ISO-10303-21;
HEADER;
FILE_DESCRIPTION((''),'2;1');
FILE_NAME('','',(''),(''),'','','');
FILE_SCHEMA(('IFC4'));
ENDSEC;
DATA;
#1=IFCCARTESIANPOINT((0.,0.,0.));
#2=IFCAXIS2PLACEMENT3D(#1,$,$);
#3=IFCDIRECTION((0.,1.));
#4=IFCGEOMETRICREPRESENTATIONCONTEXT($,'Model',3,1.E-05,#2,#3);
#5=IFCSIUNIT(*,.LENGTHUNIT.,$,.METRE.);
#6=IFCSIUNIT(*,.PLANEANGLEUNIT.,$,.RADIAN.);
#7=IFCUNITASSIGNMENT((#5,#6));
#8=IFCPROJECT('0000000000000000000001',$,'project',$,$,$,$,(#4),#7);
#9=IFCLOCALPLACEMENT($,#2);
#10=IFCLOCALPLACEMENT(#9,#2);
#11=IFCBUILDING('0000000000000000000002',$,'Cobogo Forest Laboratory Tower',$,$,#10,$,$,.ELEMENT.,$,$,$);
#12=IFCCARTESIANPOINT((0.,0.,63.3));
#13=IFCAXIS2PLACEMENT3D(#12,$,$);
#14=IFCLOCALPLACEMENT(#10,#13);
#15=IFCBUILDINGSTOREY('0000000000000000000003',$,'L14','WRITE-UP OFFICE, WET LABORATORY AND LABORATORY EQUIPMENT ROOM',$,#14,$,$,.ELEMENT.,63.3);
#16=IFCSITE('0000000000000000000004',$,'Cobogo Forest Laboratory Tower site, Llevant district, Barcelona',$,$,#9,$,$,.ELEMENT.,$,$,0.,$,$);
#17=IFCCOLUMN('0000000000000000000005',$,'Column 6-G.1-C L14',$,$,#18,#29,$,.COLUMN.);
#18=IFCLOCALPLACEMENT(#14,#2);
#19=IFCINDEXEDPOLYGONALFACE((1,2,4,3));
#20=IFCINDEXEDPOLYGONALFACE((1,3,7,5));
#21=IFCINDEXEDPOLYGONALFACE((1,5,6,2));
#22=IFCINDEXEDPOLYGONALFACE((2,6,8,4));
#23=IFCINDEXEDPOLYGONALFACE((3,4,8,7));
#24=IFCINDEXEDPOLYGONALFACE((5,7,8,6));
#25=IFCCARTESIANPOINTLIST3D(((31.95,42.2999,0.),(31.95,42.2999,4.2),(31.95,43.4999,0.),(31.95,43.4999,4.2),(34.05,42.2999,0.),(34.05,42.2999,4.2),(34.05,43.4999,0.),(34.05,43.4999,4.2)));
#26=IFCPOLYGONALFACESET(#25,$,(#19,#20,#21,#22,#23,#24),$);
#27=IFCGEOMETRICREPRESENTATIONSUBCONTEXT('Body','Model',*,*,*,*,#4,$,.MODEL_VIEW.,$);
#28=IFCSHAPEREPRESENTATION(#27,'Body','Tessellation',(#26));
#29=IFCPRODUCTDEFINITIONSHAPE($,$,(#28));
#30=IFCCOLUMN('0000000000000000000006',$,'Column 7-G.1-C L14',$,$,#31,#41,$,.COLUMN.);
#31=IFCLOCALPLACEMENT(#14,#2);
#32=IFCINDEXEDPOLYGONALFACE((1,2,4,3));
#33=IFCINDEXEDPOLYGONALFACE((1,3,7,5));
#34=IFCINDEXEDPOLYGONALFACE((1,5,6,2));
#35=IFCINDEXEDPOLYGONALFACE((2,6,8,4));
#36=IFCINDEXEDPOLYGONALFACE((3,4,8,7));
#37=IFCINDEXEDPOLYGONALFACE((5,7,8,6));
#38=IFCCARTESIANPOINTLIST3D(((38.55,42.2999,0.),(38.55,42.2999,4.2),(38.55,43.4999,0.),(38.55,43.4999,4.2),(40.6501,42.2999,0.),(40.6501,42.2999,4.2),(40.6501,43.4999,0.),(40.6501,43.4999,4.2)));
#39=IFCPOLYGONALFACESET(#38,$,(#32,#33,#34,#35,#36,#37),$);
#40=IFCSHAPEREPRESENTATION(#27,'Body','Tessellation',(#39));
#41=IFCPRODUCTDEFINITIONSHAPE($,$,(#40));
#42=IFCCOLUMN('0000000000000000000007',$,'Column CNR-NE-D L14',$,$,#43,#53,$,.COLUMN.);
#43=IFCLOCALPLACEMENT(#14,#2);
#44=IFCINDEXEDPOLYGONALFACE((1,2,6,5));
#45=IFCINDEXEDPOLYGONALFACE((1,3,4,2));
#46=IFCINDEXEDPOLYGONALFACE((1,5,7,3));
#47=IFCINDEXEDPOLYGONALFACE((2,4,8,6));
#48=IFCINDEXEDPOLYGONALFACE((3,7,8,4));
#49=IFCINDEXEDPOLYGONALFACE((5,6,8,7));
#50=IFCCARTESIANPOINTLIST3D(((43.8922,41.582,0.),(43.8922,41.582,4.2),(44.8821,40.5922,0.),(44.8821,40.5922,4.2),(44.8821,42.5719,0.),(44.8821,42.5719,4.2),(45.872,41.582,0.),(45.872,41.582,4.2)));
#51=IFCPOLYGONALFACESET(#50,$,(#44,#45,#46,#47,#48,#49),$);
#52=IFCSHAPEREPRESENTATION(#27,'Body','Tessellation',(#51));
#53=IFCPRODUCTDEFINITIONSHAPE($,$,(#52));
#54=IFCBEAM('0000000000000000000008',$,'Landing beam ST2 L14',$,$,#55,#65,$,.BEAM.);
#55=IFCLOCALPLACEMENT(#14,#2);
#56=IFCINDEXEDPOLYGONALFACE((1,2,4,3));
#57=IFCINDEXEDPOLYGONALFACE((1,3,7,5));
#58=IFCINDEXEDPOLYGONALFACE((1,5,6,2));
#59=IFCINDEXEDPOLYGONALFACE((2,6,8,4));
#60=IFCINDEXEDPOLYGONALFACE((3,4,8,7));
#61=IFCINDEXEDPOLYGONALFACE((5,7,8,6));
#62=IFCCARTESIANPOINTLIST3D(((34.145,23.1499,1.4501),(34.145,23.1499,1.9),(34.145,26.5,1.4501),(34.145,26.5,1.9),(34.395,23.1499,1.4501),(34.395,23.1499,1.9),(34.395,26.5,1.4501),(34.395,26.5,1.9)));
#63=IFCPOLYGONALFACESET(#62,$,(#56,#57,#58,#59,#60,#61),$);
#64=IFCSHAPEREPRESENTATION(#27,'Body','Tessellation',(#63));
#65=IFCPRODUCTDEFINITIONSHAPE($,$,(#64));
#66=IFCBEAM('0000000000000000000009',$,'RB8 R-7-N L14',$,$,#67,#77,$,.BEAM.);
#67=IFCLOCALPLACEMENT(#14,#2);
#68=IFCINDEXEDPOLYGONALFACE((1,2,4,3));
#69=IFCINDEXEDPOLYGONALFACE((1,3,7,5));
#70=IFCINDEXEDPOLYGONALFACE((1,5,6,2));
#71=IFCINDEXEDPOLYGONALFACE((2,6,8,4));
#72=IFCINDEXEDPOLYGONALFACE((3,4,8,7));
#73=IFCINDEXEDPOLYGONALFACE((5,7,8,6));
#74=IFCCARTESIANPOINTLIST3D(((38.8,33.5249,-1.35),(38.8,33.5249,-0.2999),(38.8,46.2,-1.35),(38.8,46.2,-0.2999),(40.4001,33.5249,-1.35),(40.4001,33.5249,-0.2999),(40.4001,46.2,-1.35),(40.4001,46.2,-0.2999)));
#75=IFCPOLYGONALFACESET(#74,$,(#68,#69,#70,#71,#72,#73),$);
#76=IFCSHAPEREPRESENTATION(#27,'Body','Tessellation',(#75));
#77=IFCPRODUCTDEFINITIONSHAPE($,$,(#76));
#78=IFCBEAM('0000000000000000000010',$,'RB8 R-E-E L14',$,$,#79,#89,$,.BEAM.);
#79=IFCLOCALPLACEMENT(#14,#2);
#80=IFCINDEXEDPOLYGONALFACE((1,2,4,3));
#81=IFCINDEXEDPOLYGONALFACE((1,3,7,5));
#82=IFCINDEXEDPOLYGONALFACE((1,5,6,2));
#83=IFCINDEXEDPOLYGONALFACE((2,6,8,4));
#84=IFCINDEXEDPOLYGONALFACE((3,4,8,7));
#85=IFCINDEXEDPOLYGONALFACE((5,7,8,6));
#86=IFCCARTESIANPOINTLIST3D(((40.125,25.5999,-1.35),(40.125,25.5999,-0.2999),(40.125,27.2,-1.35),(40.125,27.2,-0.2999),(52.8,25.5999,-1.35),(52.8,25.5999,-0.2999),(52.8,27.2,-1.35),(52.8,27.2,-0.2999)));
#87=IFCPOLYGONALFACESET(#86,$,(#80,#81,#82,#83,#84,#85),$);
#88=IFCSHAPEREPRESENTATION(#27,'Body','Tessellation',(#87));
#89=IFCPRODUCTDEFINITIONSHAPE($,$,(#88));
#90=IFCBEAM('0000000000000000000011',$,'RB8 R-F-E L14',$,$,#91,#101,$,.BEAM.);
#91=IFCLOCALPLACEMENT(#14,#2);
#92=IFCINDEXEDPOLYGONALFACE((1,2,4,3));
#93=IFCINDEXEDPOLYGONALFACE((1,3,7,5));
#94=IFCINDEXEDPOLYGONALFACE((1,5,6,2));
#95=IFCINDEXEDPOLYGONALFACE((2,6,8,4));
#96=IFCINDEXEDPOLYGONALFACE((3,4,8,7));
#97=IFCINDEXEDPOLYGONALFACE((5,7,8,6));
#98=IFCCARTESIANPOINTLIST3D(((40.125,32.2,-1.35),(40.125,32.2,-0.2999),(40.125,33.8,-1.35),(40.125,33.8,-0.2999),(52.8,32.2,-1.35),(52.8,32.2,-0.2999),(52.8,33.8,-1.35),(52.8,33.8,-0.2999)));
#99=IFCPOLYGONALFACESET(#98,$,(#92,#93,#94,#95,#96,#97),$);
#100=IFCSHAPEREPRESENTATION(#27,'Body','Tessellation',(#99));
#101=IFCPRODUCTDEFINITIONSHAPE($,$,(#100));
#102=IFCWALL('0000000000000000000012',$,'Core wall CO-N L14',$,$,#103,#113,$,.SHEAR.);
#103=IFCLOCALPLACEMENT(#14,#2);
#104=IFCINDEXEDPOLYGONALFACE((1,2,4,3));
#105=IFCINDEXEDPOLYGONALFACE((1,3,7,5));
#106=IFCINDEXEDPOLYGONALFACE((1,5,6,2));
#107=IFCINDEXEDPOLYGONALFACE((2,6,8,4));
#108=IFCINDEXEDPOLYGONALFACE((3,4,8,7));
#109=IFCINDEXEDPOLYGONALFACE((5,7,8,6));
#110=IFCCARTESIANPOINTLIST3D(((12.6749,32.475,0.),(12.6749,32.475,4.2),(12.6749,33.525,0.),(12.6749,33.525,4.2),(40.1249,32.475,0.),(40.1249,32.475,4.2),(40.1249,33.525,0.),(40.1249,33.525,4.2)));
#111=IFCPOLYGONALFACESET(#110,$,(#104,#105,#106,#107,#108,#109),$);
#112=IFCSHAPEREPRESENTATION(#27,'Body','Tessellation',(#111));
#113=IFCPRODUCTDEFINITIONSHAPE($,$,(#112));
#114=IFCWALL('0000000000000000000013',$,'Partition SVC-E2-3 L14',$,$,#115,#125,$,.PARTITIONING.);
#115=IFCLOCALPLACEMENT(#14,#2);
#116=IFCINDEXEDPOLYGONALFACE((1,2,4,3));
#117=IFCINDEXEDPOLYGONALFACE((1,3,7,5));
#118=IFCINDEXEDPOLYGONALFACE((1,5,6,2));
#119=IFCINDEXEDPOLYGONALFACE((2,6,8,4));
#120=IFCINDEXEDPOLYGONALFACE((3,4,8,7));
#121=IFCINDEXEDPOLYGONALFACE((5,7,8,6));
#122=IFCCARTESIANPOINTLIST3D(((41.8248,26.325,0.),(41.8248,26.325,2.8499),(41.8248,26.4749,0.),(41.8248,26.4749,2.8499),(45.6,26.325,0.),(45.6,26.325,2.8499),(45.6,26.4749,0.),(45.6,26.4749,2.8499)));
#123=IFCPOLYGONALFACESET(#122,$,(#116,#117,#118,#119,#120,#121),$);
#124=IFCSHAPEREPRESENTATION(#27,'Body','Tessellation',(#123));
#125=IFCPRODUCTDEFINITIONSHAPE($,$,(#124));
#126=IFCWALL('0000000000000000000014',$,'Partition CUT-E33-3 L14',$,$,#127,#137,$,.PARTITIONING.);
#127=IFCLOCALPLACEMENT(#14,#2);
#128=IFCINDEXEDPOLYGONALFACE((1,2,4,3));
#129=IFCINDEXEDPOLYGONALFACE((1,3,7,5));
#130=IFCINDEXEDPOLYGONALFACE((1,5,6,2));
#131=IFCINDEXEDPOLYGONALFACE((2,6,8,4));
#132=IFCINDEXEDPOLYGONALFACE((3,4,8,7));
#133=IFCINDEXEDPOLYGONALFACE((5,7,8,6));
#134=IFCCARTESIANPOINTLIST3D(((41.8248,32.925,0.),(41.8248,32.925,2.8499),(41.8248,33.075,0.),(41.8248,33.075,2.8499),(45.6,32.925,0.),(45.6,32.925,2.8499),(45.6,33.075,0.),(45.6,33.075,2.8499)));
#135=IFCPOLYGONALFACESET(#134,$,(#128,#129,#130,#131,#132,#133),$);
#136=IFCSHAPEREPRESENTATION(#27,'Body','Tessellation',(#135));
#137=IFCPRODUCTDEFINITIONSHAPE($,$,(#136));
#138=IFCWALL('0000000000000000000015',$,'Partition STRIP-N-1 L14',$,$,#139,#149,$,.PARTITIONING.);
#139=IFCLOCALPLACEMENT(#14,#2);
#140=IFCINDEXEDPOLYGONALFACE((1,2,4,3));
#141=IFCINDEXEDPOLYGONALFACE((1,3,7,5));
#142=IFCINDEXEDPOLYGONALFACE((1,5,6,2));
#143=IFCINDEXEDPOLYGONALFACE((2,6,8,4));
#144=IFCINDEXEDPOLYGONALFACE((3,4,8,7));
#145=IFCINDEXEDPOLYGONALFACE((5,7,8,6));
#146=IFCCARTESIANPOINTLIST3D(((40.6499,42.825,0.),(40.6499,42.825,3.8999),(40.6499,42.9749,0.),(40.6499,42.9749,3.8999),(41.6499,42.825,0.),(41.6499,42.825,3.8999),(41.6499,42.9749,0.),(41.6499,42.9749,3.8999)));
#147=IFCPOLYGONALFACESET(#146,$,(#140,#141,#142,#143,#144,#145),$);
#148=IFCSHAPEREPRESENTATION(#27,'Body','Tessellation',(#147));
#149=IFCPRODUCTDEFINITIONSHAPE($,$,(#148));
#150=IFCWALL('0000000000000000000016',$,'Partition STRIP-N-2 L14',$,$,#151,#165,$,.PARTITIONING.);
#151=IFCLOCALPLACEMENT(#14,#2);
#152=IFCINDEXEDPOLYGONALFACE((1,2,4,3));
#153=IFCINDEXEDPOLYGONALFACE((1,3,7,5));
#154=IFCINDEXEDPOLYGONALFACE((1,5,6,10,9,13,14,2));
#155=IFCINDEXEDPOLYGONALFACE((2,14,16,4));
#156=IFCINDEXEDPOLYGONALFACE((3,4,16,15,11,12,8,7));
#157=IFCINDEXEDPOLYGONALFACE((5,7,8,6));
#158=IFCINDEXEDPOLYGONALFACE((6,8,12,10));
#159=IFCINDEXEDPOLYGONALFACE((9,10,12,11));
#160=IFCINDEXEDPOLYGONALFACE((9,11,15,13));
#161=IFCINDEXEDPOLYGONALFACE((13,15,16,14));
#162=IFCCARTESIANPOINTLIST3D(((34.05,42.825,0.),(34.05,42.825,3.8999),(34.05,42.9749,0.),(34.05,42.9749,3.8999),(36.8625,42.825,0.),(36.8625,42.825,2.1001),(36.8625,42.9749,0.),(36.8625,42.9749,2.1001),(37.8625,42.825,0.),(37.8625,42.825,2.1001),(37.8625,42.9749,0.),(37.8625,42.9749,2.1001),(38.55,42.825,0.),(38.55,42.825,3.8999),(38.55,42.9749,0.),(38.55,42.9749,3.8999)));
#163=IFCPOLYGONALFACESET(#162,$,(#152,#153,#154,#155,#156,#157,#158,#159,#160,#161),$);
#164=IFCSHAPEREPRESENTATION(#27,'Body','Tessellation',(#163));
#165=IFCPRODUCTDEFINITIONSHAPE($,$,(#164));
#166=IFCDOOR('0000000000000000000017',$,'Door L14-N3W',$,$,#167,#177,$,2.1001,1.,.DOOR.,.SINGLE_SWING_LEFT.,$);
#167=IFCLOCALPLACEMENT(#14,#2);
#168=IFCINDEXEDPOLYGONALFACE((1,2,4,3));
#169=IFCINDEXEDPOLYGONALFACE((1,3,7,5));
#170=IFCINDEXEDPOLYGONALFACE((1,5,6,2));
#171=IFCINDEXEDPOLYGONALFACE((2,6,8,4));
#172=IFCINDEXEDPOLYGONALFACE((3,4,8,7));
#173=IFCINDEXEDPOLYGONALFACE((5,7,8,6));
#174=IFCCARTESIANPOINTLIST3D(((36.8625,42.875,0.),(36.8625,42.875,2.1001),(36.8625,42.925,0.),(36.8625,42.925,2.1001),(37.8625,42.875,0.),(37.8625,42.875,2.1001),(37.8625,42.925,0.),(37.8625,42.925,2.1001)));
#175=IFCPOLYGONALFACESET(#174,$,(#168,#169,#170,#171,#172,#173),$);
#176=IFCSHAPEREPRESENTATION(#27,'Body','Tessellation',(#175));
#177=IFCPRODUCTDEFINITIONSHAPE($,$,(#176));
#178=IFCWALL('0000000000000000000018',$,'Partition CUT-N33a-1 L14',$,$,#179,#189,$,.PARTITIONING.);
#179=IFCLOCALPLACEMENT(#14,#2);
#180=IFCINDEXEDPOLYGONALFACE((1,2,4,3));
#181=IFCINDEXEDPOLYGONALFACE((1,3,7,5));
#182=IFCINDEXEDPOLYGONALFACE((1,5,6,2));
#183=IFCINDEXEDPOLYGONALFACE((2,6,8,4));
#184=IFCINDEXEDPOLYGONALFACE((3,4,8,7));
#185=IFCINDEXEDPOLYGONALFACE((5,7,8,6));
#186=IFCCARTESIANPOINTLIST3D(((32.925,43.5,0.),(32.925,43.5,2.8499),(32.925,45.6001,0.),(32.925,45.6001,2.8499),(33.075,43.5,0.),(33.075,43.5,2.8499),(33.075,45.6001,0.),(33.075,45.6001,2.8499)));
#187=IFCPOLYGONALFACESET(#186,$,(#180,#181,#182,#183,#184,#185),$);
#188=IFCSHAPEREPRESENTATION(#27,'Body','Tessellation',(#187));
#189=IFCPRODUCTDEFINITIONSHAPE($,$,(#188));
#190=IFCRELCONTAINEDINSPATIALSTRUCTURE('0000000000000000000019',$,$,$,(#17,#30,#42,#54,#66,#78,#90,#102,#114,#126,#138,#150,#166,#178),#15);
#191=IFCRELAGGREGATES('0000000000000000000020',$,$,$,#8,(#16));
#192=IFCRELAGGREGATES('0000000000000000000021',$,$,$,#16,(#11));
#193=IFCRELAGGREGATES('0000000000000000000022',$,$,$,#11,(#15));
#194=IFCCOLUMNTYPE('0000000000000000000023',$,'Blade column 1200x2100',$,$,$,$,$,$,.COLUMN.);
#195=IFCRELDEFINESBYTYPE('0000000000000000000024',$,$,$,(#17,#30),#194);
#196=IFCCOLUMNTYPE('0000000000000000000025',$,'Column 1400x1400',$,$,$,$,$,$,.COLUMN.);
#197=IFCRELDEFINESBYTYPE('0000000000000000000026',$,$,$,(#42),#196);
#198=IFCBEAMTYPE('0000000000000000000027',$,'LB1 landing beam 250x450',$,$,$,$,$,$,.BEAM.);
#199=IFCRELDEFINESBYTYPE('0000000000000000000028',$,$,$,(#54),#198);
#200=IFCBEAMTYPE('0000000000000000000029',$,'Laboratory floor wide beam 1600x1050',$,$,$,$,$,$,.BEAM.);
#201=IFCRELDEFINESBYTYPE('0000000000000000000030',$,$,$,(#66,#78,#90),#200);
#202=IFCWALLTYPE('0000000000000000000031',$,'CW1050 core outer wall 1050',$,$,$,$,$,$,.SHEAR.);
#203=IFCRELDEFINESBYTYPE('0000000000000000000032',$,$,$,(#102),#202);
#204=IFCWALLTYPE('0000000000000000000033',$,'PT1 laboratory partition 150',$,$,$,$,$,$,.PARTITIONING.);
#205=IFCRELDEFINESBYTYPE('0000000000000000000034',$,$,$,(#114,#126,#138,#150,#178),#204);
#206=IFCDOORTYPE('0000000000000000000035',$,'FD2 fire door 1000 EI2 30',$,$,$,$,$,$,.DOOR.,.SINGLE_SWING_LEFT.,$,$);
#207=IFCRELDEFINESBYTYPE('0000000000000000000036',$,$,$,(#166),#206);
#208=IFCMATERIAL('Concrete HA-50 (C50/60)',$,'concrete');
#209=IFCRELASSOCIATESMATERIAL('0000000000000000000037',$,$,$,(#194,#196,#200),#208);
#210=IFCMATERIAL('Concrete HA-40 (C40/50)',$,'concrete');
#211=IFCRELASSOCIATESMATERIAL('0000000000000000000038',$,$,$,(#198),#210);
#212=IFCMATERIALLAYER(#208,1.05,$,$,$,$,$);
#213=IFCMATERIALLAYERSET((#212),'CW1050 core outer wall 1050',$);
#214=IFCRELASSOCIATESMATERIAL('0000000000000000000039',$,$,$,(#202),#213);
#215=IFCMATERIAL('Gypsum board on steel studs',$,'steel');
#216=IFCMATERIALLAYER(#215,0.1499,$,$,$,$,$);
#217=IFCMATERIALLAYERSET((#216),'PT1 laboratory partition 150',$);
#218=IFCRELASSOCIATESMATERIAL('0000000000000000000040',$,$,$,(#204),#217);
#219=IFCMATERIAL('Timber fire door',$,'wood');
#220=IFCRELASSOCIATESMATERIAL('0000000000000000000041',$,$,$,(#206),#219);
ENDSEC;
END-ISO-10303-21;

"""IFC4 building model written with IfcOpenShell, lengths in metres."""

from ifc_helpers import new_model, si_unit, direction, frame, frame_2d, origin, origin_2d, place, context, subcontext, project, spatial, rectangle, extrude, material, layer, layer_set, material_profile, profile_set, type_object, element, fill, save


model = new_model("IFC4")

# Units and contexts
model_context = context("Model", 3, precision=1e-05, world=origin(), true_north=direction((0.0, 1.0)))
body_context = subcontext(model_context, "Body", "Model", "MODEL_VIEW")
ifc_project = project(units=[si_unit("LENGTHUNIT", "METRE"), si_unit("PLANEANGLEUNIT", "RADIAN")], contexts=[model_context])

# Site, building, storey
site_placement = place(None, origin())
site = spatial("IfcSite", under=ifc_project, at=site_placement, Name="Cobogo Forest Laboratory Tower site, Llevant district, Barcelona", CompositionType="ELEMENT", RefElevation=0.0)
building_placement = place(site_placement, origin())
building = spatial("IfcBuilding", under=site, at=building_placement, Name="Cobogo Forest Laboratory Tower", CompositionType="ELEMENT")
storey_placement = place(building_placement, frame((0.0, 0.0, 63.3)))
storey = spatial("IfcBuildingStorey", under=building, at=storey_placement, Name="L14", Description="WRITE-UP OFFICE, WET LABORATORY AND LABORATORY EQUIPMENT ROOM", CompositionType="ELEMENT", Elevation=63.3)

# Columns
ifc_material_1 = material(Name="Concrete HA-50 (C50/60)", Category="concrete")
ifc_material_profile_1 = material_profile(ifc_material_1, rectangle(XDim=2.1001, YDim=1.2, at=origin_2d()), Name="RC 1200x2100")
ifc_profile_set_1 = profile_set([ifc_material_profile_1], Name="Concrete HA-50 (C50/60)")
column_type_1 = type_object("IfcColumnType", Name="Blade column 1200x2100", PredefinedType="COLUMN", material=ifc_profile_set_1)
for number, where, z_axis, x_axis, name in (
    (1, (33.0, 42.8999, 0.0), (0.0, 0.0, 1.0), (1.0, 0.0, 0.0), "Column 6-G.1-C L14"),
    (2, (39.6001, 42.8999, 0.0), (0.0, 0.0, 1.0), (1.0, 0.0, 0.0), "Column 7-G.1-C L14"),
):
    element("IfcColumn", number, at=place(storey_placement, frame(where, z_axis=z_axis, x_axis=x_axis)), inside=storey, type_object=column_type_1, Name=name, PredefinedType="COLUMN", context=body_context, shape_type="SweptSolid", body=[
        extrude(rectangle(XDim=2.1001, YDim=1.2, at=origin_2d()), origin(), (0.0, 0.0, 1.0), 4.2),
    ])
ifc_material_profile_2 = material_profile(ifc_material_1, rectangle(XDim=1.3999, YDim=1.3999, at=origin_2d()), Name="RC 1400x1400")
ifc_profile_set_2 = profile_set([ifc_material_profile_2], Name="Concrete HA-50 (C50/60)")
column_type_2 = type_object("IfcColumnType", Name="Column 1400x1400", PredefinedType="COLUMN", material=ifc_profile_set_2)
column_placement = place(storey_placement, frame((44.8821, 41.582, 0.0), z_axis=(0.0, 0.0, 1.0), x_axis=(0.707107, 0.707107, 0.0)))
element("IfcColumn", 3, at=column_placement, inside=storey, type_object=column_type_2, Name="Column CNR-NE-D L14", PredefinedType="COLUMN", context=body_context, shape_type="SweptSolid", body=[
    extrude(rectangle(XDim=1.3999, YDim=1.3999, at=origin_2d()), origin(), (0.0, 0.0, 1.0), 4.2),
])

# Beams
ifc_material_2 = material(Name="Concrete HA-40 (C40/50)", Category="concrete")
ifc_material_profile_3 = material_profile(ifc_material_2, rectangle(XDim=0.25, YDim=0.45, at=origin_2d()), Name="RC 250x450")
ifc_profile_set_3 = profile_set([ifc_material_profile_3], Name="Concrete HA-40 (C40/50)")
beam_type_1 = type_object("IfcBeamType", Name="LB1 landing beam 250x450", PredefinedType="BEAM", material=ifc_profile_set_3)
beam_placement = place(storey_placement, frame((34.27, 23.1499, 1.675), z_axis=(0.0, 1.0, 0.0), x_axis=(-1.0, 0.0, 0.0)))
element("IfcBeam", 4, at=beam_placement, inside=storey, type_object=beam_type_1, Name="Landing beam ST2 L14", PredefinedType="BEAM", context=body_context, shape_type="SweptSolid", body=[
    extrude(rectangle(XDim=0.25, YDim=0.45, at=origin_2d()), origin(), (0.0, 0.0, 1.0), 3.3501),
])
ifc_material_profile_4 = material_profile(ifc_material_1, rectangle(XDim=1.6001, YDim=1.05, at=origin_2d()), Name="RC 1600x1050")
ifc_profile_set_4 = profile_set([ifc_material_profile_4], Name="Concrete HA-50 (C50/60)")
beam_type_2 = type_object("IfcBeamType", Name="Laboratory floor wide beam 1600x1050", PredefinedType="BEAM", material=ifc_profile_set_4)
for number, where, z_axis, x_axis, name in (
    (5, (39.6001, 33.5249, -0.825), (0.0, 1.0, 0.0), (-1.0, 0.0, 0.0), "RB8 R-7-N L14"),
    (6, (40.125, 26.3999, -0.825), (1.0, 0.0, 0.0), (0.0, 1.0, 0.0), "RB8 R-E-E L14"),
    (7, (40.125, 33.0, -0.825), (1.0, 0.0, 0.0), (0.0, 1.0, 0.0), "RB8 R-F-E L14"),
):
    element("IfcBeam", number, at=place(storey_placement, frame(where, z_axis=z_axis, x_axis=x_axis)), inside=storey, type_object=beam_type_2, Name=name, PredefinedType="BEAM", context=body_context, shape_type="SweptSolid", body=[
        extrude(rectangle(XDim=1.6001, YDim=1.05, at=origin_2d()), origin(), (0.0, 0.0, 1.0), 12.675),
    ])

# Walls
ifc_layer_1 = layer(ifc_material_1, 1.05)
ifc_layer_set_1 = layer_set([ifc_layer_1], Name="CW1050 core outer wall 1050")
wall_type_1 = type_object("IfcWallType", Name="CW1050 core outer wall 1050", PredefinedType="SHEAR", material=ifc_layer_set_1)
wall_1_placement = place(storey_placement, frame((40.125, 33.0, 0.0), z_axis=(0.0, 0.0, 1.0), x_axis=(-1.0, 0.0, 0.0)))
element("IfcWall", 8, at=wall_1_placement, inside=storey, type_object=wall_type_1, Name="Core wall CO-N L14", PredefinedType="SHEAR", context=body_context, shape_type="SweptSolid", body=[
    extrude(rectangle(XDim=27.45, YDim=1.05, at=frame_2d((13.7251, 0.0))), origin(), (0.0, 0.0, 1.0), 4.2),
])
ifc_material_3 = material(Name="Gypsum board on steel studs", Category="steel")
ifc_layer_2 = layer(ifc_material_3, 0.1499)
ifc_layer_set_2 = layer_set([ifc_layer_2], Name="PT1 laboratory partition 150")
wall_type_2 = type_object("IfcWallType", Name="PT1 laboratory partition 150", PredefinedType="PARTITIONING", material=ifc_layer_set_2)
for number, where, z_axis, x_axis, name in (
    (9, (45.6001, 26.3999, 0.0), (0.0, 0.0, 1.0), (-1.0, 0.0, 0.0), "Partition SVC-E2-3 L14"),
    (10, (45.6001, 33.0, 0.0), (0.0, 0.0, 1.0), (-1.0, 0.0, 0.0), "Partition CUT-E33-3 L14"),
):
    element("IfcWall", number, at=place(storey_placement, frame(where, z_axis=z_axis, x_axis=x_axis)), inside=storey, type_object=wall_type_2, Name=name, PredefinedType="PARTITIONING", context=body_context, shape_type="SweptSolid", body=[
        extrude(rectangle(XDim=3.7751, YDim=0.1499, at=frame_2d((1.8877, 0.0))), origin(), (0.0, 0.0, 1.0), 2.8499),
    ])
wall_2_placement = place(storey_placement, frame((41.6499, 42.8999, 0.0), z_axis=(0.0, 0.0, 1.0), x_axis=(-1.0, 0.0, 0.0)))
element("IfcWall", 11, at=wall_2_placement, inside=storey, type_object=wall_type_2, Name="Partition STRIP-N-1 L14", PredefinedType="PARTITIONING", context=body_context, shape_type="SweptSolid", body=[
    extrude(rectangle(XDim=1.0, YDim=0.1499, at=frame_2d((0.5, 0.0))), origin(), (0.0, 0.0, 1.0), 3.8999),
])

# Wall, opening, door
wall_3_placement = place(storey_placement, frame((38.55, 42.8999, 0.0), z_axis=(0.0, 0.0, 1.0), x_axis=(-1.0, 0.0, 0.0)))
wall_3 = element("IfcWall", 12, at=wall_3_placement, inside=storey, type_object=wall_type_2, Name="Partition STRIP-N-2 L14", PredefinedType="PARTITIONING", context=body_context, shape_type="SweptSolid", body=[
    extrude(rectangle(XDim=4.5, YDim=0.1499, at=frame_2d((2.25, 0.0))), origin(), (0.0, 0.0, 1.0), 3.8999),
])
opening_placement = place(wall_3_placement, frame((0.6875, 0.0, 0.0)))
opening = element("IfcOpeningElement", 13, at=opening_placement, cuts=wall_3, PredefinedType="OPENING", context=body_context, shape_type="SweptSolid", body=[
    extrude(rectangle(XDim=1.0, YDim=2.1001, at=frame_2d((0.5, 1.05))), frame((0.0, 0.085, 0.0), z_axis=(0.0, -1.0, 0.0), x_axis=(1.0, 0.0, 0.0)), (0.0, 0.0, 1.0), 0.1699),
])
ifc_material_4 = material(Name="Timber fire door", Category="wood")
door_type = type_object("IfcDoorType", Name="FD2 fire door 1000 EI2 30", OperationType="SINGLE_SWING_LEFT", PredefinedType="DOOR", material=ifc_material_4)
door_placement = place(opening_placement, origin())
door = element("IfcDoor", 14, at=door_placement, inside=storey, type_object=door_type, Name="Door L14-N3W", OperationType="SINGLE_SWING_LEFT", OverallHeight=2.1001, OverallWidth=1.0, PredefinedType="DOOR", context=body_context, shape_type="SweptSolid", body=[
    extrude(rectangle(XDim=1.0, YDim=2.1001, at=frame_2d((0.5, 1.05))), frame((0.0, 0.0249, 0.0), z_axis=(0.0, -1.0, 0.0), x_axis=(1.0, 0.0, 0.0)), (0.0, 0.0, 1.0), 0.05),
])
fill(opening, door)

# Wall
wall_4_placement = place(storey_placement, frame((33.0, 45.6001, 0.0), z_axis=(0.0, 0.0, 1.0), x_axis=(0.0, -1.0, 0.0)))
element("IfcWall", 15, at=wall_4_placement, inside=storey, type_object=wall_type_2, Name="Partition CUT-N33a-1 L14", PredefinedType="PARTITIONING", context=body_context, shape_type="SweptSolid", body=[
    extrude(rectangle(XDim=2.1001, YDim=0.1499, at=frame_2d((1.05, 0.0))), origin(), (0.0, 0.0, 1.0), 2.8499),
])

save(model, "model.ifc")
